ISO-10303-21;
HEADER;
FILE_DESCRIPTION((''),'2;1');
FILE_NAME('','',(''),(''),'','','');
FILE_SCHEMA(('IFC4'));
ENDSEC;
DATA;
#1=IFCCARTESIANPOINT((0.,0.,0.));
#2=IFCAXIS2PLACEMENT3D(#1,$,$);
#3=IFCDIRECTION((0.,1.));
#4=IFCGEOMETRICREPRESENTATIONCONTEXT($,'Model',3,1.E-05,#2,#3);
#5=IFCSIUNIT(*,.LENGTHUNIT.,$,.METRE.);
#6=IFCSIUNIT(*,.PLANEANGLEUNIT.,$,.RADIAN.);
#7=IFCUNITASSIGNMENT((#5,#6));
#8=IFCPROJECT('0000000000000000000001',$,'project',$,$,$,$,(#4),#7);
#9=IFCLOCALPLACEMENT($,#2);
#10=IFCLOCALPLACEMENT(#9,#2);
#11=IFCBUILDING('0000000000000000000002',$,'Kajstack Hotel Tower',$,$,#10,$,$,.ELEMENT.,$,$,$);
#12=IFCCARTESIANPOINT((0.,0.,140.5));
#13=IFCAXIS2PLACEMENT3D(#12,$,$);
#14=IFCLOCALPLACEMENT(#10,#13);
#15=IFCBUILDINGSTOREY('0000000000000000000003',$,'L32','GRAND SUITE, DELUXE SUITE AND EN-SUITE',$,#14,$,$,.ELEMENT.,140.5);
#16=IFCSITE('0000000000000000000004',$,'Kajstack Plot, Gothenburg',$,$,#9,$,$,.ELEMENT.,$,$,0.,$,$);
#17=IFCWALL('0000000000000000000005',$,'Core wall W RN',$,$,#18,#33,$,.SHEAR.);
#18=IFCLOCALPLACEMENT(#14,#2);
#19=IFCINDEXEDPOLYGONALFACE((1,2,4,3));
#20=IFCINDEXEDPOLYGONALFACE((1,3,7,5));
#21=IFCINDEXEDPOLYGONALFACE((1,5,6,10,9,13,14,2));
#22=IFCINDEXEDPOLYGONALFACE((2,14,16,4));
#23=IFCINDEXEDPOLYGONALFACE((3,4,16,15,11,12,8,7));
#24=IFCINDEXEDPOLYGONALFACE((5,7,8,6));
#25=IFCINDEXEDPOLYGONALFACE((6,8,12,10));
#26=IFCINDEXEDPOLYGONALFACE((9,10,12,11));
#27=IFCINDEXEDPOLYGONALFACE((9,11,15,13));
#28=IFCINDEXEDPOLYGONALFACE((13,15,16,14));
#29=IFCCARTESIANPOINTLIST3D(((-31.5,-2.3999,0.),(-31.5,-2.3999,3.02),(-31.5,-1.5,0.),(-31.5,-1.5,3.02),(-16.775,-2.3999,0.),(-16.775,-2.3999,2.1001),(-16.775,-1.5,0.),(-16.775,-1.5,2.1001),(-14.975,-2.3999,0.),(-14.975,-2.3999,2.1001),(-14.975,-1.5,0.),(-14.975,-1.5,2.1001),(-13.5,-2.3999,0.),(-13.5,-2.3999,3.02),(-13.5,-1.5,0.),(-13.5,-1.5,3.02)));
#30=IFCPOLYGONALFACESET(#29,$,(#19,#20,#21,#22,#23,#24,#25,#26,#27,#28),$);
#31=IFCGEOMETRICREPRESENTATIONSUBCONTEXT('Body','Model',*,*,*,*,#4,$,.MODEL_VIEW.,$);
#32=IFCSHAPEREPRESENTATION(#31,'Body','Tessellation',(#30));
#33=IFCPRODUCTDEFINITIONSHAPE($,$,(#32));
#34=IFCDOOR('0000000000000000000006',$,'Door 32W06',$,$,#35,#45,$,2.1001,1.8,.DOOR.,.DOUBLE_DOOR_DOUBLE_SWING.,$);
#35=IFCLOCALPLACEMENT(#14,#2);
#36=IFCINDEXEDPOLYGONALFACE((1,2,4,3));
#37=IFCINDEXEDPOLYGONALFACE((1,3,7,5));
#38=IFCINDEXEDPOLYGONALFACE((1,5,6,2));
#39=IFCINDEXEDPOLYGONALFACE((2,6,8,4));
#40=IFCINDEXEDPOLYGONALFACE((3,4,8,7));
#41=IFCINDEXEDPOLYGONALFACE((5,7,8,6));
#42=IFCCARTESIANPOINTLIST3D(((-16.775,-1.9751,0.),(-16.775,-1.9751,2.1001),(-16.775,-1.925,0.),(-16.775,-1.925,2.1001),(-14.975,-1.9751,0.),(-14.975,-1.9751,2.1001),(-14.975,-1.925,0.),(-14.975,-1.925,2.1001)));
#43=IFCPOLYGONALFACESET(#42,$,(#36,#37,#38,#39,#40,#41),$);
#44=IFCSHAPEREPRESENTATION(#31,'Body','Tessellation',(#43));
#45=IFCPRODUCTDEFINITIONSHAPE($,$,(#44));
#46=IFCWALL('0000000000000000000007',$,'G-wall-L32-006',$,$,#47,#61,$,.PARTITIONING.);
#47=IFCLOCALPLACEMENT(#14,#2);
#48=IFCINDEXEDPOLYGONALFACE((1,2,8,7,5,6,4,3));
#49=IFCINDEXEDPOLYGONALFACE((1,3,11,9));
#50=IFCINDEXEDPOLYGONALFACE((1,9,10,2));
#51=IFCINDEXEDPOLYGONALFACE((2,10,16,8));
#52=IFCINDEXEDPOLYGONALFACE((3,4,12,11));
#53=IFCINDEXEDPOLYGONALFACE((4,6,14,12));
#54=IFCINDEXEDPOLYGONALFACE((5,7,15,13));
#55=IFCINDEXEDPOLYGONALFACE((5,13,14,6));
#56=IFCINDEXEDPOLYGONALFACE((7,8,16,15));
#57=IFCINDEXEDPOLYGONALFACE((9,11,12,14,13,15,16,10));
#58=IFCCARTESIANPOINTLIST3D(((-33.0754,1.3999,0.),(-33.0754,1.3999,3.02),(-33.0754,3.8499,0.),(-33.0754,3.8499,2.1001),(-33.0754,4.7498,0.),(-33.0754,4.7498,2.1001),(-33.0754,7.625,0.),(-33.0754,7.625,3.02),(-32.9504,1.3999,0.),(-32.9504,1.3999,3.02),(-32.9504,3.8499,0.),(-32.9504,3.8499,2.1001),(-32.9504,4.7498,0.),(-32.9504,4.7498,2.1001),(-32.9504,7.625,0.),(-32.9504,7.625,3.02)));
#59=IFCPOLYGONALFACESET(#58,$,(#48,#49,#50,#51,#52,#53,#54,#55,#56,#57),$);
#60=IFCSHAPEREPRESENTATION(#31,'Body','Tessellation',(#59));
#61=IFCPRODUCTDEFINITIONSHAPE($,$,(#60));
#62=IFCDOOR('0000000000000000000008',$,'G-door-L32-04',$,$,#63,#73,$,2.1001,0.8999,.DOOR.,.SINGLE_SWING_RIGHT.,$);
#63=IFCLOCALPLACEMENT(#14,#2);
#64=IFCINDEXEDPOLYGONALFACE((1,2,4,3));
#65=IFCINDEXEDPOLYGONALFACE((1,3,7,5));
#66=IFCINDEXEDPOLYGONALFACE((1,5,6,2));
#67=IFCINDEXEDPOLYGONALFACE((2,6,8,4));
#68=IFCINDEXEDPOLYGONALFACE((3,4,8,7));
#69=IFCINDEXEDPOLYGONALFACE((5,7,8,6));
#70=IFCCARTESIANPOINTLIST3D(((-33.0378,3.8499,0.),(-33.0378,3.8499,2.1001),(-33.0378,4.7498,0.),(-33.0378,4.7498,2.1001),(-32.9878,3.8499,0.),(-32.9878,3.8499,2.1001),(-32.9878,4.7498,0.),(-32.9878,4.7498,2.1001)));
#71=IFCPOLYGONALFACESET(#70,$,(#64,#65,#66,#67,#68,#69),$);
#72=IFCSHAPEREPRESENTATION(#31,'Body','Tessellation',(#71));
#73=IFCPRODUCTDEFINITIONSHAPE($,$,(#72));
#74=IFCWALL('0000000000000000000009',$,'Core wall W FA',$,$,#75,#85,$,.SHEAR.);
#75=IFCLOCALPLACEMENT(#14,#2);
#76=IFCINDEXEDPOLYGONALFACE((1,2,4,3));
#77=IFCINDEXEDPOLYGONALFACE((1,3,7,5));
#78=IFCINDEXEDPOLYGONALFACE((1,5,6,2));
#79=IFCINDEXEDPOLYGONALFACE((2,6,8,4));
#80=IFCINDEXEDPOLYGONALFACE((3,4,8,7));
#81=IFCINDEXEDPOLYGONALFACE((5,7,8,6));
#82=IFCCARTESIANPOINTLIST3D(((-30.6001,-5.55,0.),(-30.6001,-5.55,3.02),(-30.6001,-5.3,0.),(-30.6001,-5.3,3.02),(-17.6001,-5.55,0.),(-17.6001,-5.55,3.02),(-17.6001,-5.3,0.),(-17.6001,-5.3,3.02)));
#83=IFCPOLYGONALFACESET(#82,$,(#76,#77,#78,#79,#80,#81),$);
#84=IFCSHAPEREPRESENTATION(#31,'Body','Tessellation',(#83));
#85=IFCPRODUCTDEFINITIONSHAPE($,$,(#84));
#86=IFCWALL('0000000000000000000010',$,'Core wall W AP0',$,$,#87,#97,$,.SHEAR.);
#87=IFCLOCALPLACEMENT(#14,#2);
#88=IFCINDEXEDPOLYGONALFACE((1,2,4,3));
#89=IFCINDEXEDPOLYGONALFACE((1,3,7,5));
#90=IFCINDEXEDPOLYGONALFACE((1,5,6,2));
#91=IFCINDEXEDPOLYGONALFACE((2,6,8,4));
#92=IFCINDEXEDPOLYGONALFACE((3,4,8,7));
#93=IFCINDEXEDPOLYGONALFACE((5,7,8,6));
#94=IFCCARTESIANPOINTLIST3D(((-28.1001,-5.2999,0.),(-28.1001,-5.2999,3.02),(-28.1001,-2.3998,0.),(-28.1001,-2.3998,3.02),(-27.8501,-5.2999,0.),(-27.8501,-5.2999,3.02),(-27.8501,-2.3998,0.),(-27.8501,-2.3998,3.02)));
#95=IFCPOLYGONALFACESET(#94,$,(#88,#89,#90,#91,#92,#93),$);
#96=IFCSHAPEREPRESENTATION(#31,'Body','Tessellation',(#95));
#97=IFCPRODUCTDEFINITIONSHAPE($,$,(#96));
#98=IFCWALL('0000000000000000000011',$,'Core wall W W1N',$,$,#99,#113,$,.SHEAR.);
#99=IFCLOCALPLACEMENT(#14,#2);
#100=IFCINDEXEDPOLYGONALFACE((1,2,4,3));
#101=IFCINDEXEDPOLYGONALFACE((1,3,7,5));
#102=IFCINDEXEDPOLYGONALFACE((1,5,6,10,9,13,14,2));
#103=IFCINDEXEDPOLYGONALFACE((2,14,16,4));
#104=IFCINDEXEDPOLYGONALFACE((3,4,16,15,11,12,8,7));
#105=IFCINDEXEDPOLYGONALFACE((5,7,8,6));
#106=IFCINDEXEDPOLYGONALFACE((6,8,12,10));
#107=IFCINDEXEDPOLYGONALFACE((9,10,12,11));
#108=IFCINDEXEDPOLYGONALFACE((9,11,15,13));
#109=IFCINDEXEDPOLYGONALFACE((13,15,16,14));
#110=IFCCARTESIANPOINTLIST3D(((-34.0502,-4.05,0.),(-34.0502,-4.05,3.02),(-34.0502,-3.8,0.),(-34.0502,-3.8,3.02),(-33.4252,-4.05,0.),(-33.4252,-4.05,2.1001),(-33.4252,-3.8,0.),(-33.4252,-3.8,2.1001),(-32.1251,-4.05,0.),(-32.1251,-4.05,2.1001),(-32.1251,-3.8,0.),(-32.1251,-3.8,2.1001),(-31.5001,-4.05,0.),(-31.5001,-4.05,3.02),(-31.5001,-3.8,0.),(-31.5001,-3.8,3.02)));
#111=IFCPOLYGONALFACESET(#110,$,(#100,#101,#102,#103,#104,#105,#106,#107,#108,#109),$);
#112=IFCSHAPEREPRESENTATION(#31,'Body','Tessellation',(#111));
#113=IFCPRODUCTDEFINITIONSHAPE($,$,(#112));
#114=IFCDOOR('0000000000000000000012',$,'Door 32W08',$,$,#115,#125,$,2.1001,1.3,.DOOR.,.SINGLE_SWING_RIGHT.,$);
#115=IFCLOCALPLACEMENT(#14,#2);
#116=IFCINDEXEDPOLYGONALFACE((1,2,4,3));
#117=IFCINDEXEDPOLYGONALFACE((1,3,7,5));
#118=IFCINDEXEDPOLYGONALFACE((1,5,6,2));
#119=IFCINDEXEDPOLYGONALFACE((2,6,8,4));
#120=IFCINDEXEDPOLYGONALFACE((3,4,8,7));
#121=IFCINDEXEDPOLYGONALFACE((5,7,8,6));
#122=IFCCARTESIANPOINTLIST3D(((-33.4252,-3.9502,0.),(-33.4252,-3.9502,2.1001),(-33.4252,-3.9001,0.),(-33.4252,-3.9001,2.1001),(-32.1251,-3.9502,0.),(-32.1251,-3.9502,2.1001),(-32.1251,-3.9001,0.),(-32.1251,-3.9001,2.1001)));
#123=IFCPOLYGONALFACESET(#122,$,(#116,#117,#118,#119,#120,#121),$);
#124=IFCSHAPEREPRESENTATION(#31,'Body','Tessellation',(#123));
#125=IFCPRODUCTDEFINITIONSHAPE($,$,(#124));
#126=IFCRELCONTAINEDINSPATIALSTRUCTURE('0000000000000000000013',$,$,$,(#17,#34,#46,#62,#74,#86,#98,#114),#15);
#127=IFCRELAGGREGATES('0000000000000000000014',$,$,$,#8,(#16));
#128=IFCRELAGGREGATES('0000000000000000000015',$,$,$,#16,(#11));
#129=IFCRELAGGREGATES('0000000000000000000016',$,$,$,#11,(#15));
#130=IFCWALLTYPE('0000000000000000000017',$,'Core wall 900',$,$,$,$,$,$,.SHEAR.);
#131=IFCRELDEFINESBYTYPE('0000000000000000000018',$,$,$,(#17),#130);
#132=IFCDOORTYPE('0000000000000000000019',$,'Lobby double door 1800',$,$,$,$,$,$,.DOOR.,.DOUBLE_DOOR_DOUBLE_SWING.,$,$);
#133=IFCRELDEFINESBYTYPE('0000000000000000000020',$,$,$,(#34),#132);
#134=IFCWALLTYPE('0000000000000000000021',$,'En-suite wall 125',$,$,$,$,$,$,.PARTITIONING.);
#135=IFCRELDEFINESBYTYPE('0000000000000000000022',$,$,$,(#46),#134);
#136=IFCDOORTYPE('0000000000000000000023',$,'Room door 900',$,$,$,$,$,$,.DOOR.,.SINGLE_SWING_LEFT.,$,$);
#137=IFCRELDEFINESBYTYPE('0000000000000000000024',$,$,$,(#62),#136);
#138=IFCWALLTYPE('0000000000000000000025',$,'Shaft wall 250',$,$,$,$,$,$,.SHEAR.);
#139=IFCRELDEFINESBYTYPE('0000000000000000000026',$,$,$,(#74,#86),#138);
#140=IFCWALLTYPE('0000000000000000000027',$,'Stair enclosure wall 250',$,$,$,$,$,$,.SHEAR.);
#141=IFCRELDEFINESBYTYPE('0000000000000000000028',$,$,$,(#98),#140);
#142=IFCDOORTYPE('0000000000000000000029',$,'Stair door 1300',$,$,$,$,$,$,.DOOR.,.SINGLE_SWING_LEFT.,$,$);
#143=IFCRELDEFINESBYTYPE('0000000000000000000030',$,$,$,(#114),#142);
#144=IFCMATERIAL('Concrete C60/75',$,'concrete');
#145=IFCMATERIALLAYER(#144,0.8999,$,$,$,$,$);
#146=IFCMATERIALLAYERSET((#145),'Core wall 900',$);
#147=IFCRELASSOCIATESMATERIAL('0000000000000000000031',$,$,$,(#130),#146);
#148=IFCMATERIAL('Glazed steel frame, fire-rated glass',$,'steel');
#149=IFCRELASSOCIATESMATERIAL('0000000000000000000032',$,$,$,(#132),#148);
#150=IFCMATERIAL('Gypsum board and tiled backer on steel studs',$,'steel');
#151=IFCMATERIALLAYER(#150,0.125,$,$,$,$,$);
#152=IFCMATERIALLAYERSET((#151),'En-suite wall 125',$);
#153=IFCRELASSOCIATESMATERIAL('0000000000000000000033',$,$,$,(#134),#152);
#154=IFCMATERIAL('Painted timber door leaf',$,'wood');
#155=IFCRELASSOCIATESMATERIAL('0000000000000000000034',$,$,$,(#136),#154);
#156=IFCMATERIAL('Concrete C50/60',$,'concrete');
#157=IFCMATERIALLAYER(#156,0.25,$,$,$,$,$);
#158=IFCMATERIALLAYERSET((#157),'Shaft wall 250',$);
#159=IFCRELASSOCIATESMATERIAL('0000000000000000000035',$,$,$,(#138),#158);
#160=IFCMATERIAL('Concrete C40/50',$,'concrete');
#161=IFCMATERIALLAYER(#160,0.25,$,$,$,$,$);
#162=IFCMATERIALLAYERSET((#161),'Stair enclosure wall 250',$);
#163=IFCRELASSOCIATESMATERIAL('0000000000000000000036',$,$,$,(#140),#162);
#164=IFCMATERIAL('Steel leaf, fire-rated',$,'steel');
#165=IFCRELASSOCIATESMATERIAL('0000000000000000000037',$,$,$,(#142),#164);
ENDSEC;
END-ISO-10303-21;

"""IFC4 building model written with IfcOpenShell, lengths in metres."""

from ifc_helpers import new_model, si_unit, direction, frame, frame_2d, origin, place, context, subcontext, project, spatial, rectangle, extrude, material, layer, layer_set, type_object, element, fill, save


model = new_model("IFC4")

# Units and contexts
model_context = context("Model", 3, precision=1e-05, world=origin(), true_north=direction((0.0, 1.0)))
body_context = subcontext(model_context, "Body", "Model", "MODEL_VIEW")
ifc_project = project(units=[si_unit("LENGTHUNIT", "METRE"), si_unit("PLANEANGLEUNIT", "RADIAN")], contexts=[model_context])

# Site, building, storey
site_placement = place(None, origin())
site = spatial("IfcSite", under=ifc_project, at=site_placement, Name="Kajstack Plot, Gothenburg", CompositionType="ELEMENT", RefElevation=0.0)
building_placement = place(site_placement, origin())
building = spatial("IfcBuilding", under=site, at=building_placement, Name="Kajstack Hotel Tower", CompositionType="ELEMENT")
storey_placement = place(building_placement, frame((0.0, 0.0, 140.5)))
storey = spatial("IfcBuildingStorey", under=building, at=storey_placement, Name="L32", Description="GRAND SUITE, DELUXE SUITE AND EN-SUITE", CompositionType="ELEMENT", Elevation=140.5)

# Walls, openings, doors
ifc_material_1 = material(Name="Concrete C60/75", Category="concrete")
ifc_layer_1 = layer(ifc_material_1, 0.8999)
ifc_layer_set_1 = layer_set([ifc_layer_1], Name="Core wall 900")
wall_type_1 = type_object("IfcWallType", Name="Core wall 900", PredefinedType="SHEAR", material=ifc_layer_set_1)
wall_1_placement = place(storey_placement, frame((-31.5, -1.95, 0.0), z_axis=(0.0, 0.0, 1.0), x_axis=(1.0, 0.0, 0.0)))
wall_1 = element("IfcWall", 1, at=wall_1_placement, inside=storey, type_object=wall_type_1, Name="Core wall W RN", PredefinedType="SHEAR", context=body_context, shape_type="SweptSolid", body=[
    extrude(rectangle(XDim=18.0, YDim=0.8999, at=frame_2d((9.0, 0.0))), origin(), (0.0, 0.0, 1.0), 3.02),
])
opening_1_placement = place(wall_1_placement, frame((14.7251, 0.0, 0.0)))
opening_1 = element("IfcOpeningElement", 2, at=opening_1_placement, cuts=wall_1, PredefinedType="OPENING", context=body_context, shape_type="SweptSolid", body=[
    extrude(rectangle(XDim=1.8, YDim=2.1001, at=frame_2d((0.8999, 1.05))), frame((0.0, 0.46, 0.0), z_axis=(0.0, -1.0, 0.0), x_axis=(1.0, 0.0, 0.0)), (0.0, 0.0, 1.0), 0.9199),
])
ifc_material_2 = material(Name="Glazed steel frame, fire-rated glass", Category="steel")
door_type_1 = type_object("IfcDoorType", Name="Lobby double door 1800", OperationType="DOUBLE_DOOR_DOUBLE_SWING", PredefinedType="DOOR", material=ifc_material_2)
door_1_placement = place(opening_1_placement, origin())
door_1 = element("IfcDoor", 3, at=door_1_placement, inside=storey, type_object=door_type_1, Name="Door 32W06", OperationType="DOUBLE_DOOR_DOUBLE_SWING", OverallHeight=2.1001, OverallWidth=1.8, PredefinedType="DOOR", context=body_context, shape_type="SweptSolid", body=[
    extrude(rectangle(XDim=1.8, YDim=2.1001, at=frame_2d((0.8999, 1.05))), frame((0.0, 0.0249, 0.0), z_axis=(0.0, -1.0, 0.0), x_axis=(1.0, 0.0, 0.0)), (0.0, 0.0, 1.0), 0.05),
])
fill(opening_1, door_1)
ifc_material_3 = material(Name="Gypsum board and tiled backer on steel studs", Category="steel")
ifc_layer_2 = layer(ifc_material_3, 0.125)
ifc_layer_set_2 = layer_set([ifc_layer_2], Name="En-suite wall 125")
wall_type_2 = type_object("IfcWallType", Name="En-suite wall 125", PredefinedType="PARTITIONING", material=ifc_layer_set_2)
wall_2_placement = place(storey_placement, frame((-33.0129, 1.3999, 0.0), z_axis=(0.0, 0.0, 1.0), x_axis=(0.0, 1.0, 0.0)))
wall_2 = element("IfcWall", 4, at=wall_2_placement, inside=storey, type_object=wall_type_2, Name="G-wall-L32-006", PredefinedType="PARTITIONING", context=body_context, shape_type="SweptSolid", body=[
    extrude(rectangle(XDim=6.2251, YDim=0.125, at=frame_2d((3.1125, 0.0))), origin(), (0.0, 0.0, 1.0), 3.02),
])
opening_2_placement = place(wall_2_placement, frame((2.45, 0.0, 0.0)))
opening_2 = element("IfcOpeningElement", 5, at=opening_2_placement, cuts=wall_2, PredefinedType="OPENING", context=body_context, shape_type="SweptSolid", body=[
    extrude(rectangle(XDim=0.8999, YDim=2.1001, at=frame_2d((0.45, 1.05))), frame((0.0, 0.0725, 0.0), z_axis=(0.0, -1.0, 0.0), x_axis=(1.0, 0.0, 0.0)), (0.0, 0.0, 1.0), 0.145),
])
ifc_material_4 = material(Name="Painted timber door leaf", Category="wood")
door_type_2 = type_object("IfcDoorType", Name="Room door 900", OperationType="SINGLE_SWING_LEFT", PredefinedType="DOOR", material=ifc_material_4)
door_2_placement = place(opening_2_placement, origin())
door_2 = element("IfcDoor", 6, at=door_2_placement, inside=storey, type_object=door_type_2, Name="G-door-L32-04", OperationType="SINGLE_SWING_RIGHT", OverallHeight=2.1001, OverallWidth=0.8999, PredefinedType="DOOR", context=body_context, shape_type="SweptSolid", body=[
    extrude(rectangle(XDim=0.8999, YDim=2.1001, at=frame_2d((0.45, 1.05))), frame((0.0, 0.0249, 0.0), z_axis=(0.0, -1.0, 0.0), x_axis=(1.0, 0.0, 0.0)), (0.0, 0.0, 1.0), 0.05),
])
fill(opening_2, door_2)

# Walls
ifc_material_5 = material(Name="Concrete C50/60", Category="concrete")
ifc_layer_3 = layer(ifc_material_5, 0.25)
ifc_layer_set_3 = layer_set([ifc_layer_3], Name="Shaft wall 250")
wall_type_3 = type_object("IfcWallType", Name="Shaft wall 250", PredefinedType="SHEAR", material=ifc_layer_set_3)
wall_3_placement = place(storey_placement, frame((-30.6001, -5.425, 0.0), z_axis=(0.0, 0.0, 1.0), x_axis=(1.0, 0.0, 0.0)))
element("IfcWall", 7, at=wall_3_placement, inside=storey, type_object=wall_type_3, Name="Core wall W FA", PredefinedType="SHEAR", context=body_context, shape_type="SweptSolid", body=[
    extrude(rectangle(XDim=13.0, YDim=0.25, at=frame_2d((6.5, 0.0))), origin(), (0.0, 0.0, 1.0), 3.02),
])
wall_4_placement = place(storey_placement, frame((-27.9751, -5.3, 0.0), z_axis=(0.0, 0.0, 1.0), x_axis=(0.0, 1.0, 0.0)))
element("IfcWall", 8, at=wall_4_placement, inside=storey, type_object=wall_type_3, Name="Core wall W AP0", PredefinedType="SHEAR", context=body_context, shape_type="SweptSolid", body=[
    extrude(rectangle(XDim=2.9001, YDim=0.25, at=frame_2d((1.4502, 0.0))), origin(), (0.0, 0.0, 1.0), 3.02),
])

# Wall, opening, door
ifc_material_6 = material(Name="Concrete C40/50", Category="concrete")
ifc_layer_4 = layer(ifc_material_6, 0.25)
ifc_layer_set_4 = layer_set([ifc_layer_4], Name="Stair enclosure wall 250")
wall_type_4 = type_object("IfcWallType", Name="Stair enclosure wall 250", PredefinedType="SHEAR", material=ifc_layer_set_4)
wall_5_placement = place(storey_placement, frame((-34.05, -3.925, 0.0), z_axis=(0.0, 0.0, 1.0), x_axis=(1.0, 0.0, 0.0)))
wall_5 = element("IfcWall", 9, at=wall_5_placement, inside=storey, type_object=wall_type_4, Name="Core wall W W1N", PredefinedType="SHEAR", context=body_context, shape_type="SweptSolid", body=[
    extrude(rectangle(XDim=2.55, YDim=0.25, at=frame_2d((1.2749, 0.0))), origin(), (0.0, 0.0, 1.0), 3.02),
])
opening_3_placement = place(wall_5_placement, frame((0.625, 0.0, 0.0)))
opening_3 = element("IfcOpeningElement", 10, at=opening_3_placement, cuts=wall_5, PredefinedType="OPENING", context=body_context, shape_type="SweptSolid", body=[
    extrude(rectangle(XDim=1.3, YDim=2.1001, at=frame_2d((0.6499, 1.05))), frame((0.0, 0.135, 0.0), z_axis=(0.0, -1.0, 0.0), x_axis=(1.0, 0.0, 0.0)), (0.0, 0.0, 1.0), 0.27),
])
ifc_material_7 = material(Name="Steel leaf, fire-rated", Category="steel")
door_type_3 = type_object("IfcDoorType", Name="Stair door 1300", OperationType="SINGLE_SWING_LEFT", PredefinedType="DOOR", material=ifc_material_7)
door_3_placement = place(opening_3_placement, origin())
door_3 = element("IfcDoor", 11, at=door_3_placement, inside=storey, type_object=door_type_3, Name="Door 32W08", OperationType="SINGLE_SWING_RIGHT", OverallHeight=2.1001, OverallWidth=1.3, PredefinedType="DOOR", context=body_context, shape_type="SweptSolid", body=[
    extrude(rectangle(XDim=1.3, YDim=2.1001, at=frame_2d((0.6499, 1.05))), frame((0.0, 0.0249, 0.0), z_axis=(0.0, -1.0, 0.0), x_axis=(1.0, 0.0, 0.0)), (0.0, 0.0, 1.0), 0.05),
])
fill(opening_3, door_3)

save(model, "model.ifc")
